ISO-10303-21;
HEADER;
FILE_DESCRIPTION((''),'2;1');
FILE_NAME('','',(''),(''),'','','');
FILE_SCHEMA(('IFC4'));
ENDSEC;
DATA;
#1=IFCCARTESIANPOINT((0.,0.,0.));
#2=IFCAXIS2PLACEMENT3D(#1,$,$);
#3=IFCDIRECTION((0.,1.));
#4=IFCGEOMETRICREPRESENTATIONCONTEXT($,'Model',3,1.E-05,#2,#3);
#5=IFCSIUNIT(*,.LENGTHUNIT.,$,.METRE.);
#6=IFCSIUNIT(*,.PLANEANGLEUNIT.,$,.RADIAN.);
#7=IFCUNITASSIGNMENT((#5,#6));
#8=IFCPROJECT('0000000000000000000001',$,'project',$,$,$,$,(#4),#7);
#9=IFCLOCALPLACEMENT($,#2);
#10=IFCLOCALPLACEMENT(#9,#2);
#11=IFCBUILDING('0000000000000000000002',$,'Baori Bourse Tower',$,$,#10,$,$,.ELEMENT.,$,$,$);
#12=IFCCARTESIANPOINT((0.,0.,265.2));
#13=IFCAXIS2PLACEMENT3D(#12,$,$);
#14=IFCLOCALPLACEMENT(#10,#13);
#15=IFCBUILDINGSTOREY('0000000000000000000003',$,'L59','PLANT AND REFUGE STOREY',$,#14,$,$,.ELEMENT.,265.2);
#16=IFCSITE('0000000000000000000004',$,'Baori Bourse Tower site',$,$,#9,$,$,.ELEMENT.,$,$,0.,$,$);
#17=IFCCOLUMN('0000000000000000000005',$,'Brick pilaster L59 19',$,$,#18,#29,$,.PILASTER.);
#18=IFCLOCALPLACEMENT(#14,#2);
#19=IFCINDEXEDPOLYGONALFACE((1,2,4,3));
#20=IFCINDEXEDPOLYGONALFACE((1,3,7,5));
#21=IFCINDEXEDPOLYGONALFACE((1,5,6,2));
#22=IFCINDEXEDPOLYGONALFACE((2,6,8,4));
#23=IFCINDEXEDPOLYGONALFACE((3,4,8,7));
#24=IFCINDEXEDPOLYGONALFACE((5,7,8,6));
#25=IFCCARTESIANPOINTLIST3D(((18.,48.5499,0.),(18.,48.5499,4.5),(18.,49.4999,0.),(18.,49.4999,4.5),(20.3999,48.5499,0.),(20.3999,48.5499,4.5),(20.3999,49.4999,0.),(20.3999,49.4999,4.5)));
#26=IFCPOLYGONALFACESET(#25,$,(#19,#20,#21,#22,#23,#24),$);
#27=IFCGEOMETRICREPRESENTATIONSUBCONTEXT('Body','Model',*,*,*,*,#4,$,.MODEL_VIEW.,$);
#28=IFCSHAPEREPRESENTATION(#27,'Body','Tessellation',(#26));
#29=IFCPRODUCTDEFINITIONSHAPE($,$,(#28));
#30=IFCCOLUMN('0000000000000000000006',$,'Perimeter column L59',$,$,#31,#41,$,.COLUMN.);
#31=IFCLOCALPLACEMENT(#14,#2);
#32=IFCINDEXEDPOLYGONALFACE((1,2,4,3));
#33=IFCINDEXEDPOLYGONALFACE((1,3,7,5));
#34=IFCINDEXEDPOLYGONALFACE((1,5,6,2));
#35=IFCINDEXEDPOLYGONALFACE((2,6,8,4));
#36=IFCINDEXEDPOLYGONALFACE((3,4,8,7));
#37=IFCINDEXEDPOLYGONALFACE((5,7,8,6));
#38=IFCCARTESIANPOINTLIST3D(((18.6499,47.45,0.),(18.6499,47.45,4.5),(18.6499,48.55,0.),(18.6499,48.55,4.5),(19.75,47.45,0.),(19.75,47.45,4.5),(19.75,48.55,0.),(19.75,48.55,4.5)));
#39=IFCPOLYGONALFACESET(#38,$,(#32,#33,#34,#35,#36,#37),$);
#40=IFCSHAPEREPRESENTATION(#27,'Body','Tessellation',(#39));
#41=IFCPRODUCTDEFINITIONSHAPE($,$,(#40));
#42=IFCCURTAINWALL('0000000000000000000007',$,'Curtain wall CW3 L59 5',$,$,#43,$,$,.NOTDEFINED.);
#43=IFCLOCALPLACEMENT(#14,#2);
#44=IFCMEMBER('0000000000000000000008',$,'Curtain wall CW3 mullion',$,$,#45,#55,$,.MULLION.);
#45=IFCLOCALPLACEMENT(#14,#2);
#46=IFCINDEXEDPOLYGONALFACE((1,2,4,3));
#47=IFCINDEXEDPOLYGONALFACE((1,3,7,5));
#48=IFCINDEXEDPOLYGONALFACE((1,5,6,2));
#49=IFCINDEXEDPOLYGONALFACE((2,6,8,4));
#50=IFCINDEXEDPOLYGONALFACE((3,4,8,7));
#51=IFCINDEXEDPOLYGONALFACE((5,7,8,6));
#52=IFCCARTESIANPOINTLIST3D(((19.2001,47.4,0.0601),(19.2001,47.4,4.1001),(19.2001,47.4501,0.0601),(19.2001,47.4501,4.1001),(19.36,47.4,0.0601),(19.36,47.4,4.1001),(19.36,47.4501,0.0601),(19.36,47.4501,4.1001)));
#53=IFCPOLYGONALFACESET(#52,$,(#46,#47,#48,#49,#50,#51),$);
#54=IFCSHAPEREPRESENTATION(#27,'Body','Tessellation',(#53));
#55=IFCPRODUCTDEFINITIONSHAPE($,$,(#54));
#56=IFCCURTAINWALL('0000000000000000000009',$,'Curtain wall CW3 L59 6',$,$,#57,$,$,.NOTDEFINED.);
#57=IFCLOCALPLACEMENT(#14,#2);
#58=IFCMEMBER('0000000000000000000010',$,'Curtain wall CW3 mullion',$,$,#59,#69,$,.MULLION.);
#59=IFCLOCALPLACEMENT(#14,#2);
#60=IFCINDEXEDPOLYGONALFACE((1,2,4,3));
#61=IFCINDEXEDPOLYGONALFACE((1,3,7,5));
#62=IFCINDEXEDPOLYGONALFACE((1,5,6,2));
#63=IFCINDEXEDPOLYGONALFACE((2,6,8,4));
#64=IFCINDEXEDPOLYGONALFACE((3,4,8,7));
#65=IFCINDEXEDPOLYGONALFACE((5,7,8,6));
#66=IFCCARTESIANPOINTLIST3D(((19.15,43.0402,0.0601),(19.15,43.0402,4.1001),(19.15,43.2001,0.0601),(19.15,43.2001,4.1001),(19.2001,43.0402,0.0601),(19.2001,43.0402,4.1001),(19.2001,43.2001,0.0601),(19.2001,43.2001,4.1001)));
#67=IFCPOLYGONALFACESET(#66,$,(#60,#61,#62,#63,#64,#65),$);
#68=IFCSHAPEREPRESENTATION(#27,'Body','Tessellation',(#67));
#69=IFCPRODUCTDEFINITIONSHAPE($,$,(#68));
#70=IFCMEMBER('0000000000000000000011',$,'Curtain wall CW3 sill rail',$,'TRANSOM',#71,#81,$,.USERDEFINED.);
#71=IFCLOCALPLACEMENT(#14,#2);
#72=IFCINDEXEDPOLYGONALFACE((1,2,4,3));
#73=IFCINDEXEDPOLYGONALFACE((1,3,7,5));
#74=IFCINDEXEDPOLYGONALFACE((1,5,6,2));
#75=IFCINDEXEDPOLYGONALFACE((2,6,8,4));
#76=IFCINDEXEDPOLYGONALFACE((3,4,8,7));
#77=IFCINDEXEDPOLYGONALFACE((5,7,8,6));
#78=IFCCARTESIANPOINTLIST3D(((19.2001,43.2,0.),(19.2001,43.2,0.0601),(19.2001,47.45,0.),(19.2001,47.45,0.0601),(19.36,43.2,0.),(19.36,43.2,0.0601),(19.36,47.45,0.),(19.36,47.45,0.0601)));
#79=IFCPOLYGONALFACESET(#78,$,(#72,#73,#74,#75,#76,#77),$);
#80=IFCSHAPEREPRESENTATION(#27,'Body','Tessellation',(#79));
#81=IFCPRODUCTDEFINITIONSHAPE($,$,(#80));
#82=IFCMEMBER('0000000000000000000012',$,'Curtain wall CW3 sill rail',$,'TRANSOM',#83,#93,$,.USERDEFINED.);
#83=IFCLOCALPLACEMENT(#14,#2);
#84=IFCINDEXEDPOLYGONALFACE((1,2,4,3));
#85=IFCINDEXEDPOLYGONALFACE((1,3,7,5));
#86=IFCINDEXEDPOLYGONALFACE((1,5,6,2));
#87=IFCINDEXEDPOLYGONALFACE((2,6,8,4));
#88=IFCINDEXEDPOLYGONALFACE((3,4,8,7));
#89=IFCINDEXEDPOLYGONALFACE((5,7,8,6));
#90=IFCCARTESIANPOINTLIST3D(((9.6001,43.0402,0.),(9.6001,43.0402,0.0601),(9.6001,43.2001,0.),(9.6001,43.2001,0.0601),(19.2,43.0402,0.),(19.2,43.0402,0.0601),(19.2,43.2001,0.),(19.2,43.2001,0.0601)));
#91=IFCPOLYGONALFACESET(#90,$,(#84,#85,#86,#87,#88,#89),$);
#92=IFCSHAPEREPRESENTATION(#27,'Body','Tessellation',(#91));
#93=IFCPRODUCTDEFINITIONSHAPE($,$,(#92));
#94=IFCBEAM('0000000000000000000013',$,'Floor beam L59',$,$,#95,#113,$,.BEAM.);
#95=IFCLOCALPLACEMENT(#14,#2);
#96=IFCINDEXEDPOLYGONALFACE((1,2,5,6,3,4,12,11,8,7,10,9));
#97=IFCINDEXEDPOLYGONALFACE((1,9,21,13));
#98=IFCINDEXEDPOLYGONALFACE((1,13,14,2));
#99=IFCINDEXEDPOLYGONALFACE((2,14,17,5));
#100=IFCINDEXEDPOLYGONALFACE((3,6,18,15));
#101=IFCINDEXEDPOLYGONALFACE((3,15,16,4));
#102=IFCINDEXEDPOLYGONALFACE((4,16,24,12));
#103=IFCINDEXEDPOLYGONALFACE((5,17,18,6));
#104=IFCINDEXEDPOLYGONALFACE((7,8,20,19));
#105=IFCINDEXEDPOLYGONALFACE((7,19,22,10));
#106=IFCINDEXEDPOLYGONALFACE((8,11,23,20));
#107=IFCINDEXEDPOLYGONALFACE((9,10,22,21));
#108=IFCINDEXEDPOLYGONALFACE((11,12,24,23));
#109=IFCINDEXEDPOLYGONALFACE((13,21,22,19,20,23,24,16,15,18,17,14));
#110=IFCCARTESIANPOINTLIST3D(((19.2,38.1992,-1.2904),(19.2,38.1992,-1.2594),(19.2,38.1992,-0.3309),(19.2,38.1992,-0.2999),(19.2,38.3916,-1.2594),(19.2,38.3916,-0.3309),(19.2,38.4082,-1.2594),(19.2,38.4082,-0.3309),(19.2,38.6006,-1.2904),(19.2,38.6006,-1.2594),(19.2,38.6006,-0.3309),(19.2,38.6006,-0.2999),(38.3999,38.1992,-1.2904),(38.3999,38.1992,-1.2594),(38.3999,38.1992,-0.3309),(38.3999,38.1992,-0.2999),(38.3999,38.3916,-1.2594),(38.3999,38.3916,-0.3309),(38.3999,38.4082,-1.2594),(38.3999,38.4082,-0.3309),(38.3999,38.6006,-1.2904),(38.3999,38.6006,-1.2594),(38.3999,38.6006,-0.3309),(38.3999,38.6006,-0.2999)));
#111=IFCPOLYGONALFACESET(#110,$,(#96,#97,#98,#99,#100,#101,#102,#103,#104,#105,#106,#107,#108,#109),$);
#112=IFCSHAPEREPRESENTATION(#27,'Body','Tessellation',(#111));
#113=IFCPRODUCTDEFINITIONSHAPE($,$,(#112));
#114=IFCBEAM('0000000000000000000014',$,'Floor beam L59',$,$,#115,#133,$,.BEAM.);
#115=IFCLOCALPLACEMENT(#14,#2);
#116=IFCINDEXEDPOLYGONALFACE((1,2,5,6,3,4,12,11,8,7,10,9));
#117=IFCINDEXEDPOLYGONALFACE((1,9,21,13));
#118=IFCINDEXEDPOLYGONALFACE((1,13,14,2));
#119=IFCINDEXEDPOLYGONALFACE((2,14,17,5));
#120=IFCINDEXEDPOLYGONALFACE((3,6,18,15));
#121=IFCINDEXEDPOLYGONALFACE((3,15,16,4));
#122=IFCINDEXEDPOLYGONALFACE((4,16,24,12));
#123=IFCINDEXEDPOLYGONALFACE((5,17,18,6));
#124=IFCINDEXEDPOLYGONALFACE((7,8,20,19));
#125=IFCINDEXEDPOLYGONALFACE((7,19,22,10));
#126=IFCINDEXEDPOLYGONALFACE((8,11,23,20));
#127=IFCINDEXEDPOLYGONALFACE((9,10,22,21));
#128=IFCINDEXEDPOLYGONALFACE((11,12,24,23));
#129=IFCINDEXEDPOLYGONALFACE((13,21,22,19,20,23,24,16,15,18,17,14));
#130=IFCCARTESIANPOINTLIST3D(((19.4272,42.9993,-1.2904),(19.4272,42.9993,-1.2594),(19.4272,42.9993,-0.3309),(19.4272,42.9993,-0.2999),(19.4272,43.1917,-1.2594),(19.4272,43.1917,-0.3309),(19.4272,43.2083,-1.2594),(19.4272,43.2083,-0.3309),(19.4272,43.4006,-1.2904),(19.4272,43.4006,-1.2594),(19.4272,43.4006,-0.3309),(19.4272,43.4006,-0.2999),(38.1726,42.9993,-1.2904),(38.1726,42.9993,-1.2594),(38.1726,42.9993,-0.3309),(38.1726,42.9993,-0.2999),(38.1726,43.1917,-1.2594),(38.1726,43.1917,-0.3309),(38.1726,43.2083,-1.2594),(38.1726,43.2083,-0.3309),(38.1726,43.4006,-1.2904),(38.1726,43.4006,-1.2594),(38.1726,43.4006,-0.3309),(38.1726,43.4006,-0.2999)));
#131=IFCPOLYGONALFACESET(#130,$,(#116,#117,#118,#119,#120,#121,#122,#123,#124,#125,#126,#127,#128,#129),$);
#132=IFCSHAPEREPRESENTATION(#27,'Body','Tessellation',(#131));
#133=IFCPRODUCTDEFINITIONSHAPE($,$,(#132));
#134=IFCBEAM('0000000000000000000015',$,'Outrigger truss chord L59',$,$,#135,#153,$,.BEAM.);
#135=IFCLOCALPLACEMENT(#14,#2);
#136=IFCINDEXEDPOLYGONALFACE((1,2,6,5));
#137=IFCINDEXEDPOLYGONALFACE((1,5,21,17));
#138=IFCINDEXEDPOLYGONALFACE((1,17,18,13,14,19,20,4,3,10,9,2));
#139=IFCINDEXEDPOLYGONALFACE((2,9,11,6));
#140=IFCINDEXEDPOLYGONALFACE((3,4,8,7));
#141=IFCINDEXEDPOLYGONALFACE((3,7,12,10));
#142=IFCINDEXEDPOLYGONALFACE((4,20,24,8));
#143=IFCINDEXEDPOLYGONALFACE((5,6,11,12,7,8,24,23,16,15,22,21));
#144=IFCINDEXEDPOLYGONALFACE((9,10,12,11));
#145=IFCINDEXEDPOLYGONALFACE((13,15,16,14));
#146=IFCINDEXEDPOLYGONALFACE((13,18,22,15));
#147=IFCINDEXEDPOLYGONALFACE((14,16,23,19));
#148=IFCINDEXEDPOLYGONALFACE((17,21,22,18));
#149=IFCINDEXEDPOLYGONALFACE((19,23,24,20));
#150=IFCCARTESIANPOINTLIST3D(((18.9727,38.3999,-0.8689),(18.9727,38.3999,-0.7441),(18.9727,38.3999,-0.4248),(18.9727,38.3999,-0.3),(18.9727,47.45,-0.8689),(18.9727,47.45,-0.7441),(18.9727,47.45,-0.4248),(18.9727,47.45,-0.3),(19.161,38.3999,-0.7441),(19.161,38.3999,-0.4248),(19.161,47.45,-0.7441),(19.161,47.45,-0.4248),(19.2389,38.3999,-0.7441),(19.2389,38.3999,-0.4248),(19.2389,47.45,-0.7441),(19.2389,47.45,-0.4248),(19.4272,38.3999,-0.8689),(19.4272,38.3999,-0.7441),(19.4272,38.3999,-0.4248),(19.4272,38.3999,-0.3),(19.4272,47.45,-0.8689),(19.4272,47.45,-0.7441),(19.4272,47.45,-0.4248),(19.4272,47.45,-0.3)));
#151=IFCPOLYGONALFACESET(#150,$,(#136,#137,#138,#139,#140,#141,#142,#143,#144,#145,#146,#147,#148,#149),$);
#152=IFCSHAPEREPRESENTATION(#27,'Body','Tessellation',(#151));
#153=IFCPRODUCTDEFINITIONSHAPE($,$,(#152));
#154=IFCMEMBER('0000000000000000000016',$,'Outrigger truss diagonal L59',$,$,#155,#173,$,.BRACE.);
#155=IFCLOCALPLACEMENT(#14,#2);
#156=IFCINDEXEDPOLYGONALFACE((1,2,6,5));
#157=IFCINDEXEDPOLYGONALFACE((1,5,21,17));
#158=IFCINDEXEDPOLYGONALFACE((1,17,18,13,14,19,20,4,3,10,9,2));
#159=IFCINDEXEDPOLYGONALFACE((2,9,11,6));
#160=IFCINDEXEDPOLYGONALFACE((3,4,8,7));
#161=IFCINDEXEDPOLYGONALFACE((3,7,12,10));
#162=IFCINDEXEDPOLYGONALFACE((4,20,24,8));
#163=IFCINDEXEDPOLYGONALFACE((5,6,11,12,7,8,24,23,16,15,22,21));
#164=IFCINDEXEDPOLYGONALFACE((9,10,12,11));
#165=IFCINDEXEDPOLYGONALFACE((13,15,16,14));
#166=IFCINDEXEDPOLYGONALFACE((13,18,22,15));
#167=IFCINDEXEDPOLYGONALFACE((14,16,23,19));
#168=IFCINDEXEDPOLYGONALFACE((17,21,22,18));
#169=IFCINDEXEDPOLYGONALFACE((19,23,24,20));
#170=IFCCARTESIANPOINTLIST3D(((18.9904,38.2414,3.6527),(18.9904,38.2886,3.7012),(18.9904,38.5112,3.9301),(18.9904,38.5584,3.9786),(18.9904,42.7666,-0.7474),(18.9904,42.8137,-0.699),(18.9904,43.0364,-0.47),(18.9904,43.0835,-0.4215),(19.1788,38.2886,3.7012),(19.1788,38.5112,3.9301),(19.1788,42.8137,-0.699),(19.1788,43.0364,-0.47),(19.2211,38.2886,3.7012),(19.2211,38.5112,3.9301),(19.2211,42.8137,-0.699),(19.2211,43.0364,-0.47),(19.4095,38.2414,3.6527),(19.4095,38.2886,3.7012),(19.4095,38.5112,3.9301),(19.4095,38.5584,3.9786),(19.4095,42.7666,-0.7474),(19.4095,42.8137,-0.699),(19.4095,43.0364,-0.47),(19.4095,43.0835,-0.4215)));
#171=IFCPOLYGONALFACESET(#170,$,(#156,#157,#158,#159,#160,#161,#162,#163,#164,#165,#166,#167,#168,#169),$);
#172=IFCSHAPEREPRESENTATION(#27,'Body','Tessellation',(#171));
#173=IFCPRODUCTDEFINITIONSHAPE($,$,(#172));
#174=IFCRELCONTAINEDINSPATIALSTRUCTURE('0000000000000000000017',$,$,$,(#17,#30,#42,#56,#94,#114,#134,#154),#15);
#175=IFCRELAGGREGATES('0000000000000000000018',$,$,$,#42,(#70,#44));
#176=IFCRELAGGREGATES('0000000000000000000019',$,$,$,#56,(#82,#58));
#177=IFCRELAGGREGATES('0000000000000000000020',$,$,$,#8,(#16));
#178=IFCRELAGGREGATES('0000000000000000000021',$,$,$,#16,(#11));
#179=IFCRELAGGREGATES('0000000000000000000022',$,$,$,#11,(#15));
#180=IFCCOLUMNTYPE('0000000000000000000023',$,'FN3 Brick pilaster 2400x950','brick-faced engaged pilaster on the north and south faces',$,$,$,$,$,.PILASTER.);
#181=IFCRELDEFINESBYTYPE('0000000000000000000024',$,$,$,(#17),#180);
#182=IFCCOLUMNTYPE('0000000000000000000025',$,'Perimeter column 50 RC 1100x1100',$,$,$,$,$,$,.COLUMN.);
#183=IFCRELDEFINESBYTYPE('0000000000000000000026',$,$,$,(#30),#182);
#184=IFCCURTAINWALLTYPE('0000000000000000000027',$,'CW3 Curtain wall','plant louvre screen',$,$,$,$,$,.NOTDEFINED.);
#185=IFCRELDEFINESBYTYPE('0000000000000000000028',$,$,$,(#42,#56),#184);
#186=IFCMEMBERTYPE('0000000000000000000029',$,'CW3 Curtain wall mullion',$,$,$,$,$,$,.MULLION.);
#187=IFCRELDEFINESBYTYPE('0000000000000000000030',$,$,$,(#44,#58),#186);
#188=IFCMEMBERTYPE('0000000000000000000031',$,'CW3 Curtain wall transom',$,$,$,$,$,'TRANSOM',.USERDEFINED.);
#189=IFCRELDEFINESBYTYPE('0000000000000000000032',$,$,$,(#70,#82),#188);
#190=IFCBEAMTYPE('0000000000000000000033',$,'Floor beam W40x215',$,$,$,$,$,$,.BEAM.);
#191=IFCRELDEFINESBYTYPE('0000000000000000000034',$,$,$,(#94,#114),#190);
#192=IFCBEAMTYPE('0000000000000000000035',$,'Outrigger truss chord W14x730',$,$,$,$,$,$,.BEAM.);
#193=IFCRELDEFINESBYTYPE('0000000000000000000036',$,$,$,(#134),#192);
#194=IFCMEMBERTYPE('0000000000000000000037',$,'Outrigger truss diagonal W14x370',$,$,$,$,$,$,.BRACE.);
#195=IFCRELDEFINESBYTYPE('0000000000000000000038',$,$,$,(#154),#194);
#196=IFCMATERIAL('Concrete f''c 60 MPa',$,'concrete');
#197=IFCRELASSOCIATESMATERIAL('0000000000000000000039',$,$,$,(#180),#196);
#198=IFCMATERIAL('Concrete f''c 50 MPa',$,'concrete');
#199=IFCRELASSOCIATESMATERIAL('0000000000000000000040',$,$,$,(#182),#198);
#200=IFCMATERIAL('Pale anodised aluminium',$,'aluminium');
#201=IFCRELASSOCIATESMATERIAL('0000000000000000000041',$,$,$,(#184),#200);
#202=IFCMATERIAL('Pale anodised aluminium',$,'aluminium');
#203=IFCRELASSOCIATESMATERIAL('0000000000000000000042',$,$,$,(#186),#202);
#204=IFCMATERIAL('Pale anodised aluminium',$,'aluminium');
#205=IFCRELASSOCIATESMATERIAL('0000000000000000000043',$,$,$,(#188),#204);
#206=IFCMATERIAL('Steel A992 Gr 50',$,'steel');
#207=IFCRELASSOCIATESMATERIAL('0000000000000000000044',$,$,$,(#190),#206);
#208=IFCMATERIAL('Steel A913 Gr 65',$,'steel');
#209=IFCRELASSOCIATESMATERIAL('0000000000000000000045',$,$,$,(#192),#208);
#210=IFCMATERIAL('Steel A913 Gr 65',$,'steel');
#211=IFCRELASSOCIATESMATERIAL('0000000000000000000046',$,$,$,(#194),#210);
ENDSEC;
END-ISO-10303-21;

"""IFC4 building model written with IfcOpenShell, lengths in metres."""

from ifc_helpers import new_model, si_unit, direction, frame, origin, origin_2d, place, context, subcontext, project, spatial, rectangle, i_section, extrude, material, material_profile, profile_set, type_object, element, aggregate, save


model = new_model("IFC4")

# Units and contexts
model_context = context("Model", 3, precision=1e-05, world=origin(), true_north=direction((0.0, 1.0)))
body_context = subcontext(model_context, "Body", "Model", "MODEL_VIEW")
ifc_project = project(units=[si_unit("LENGTHUNIT", "METRE"), si_unit("PLANEANGLEUNIT", "RADIAN")], contexts=[model_context])

# Site, building, storey
site_placement = place(None, origin())
site = spatial("IfcSite", under=ifc_project, at=site_placement, Name="Baori Bourse Tower site", CompositionType="ELEMENT", RefElevation=0.0)
building_placement = place(site_placement, origin())
building = spatial("IfcBuilding", under=site, at=building_placement, Name="Baori Bourse Tower", CompositionType="ELEMENT")
storey_placement = place(building_placement, frame((0.0, 0.0, 265.2)))
storey = spatial("IfcBuildingStorey", under=building, at=storey_placement, Name="L59", Description="PLANT AND REFUGE STOREY", CompositionType="ELEMENT", Elevation=265.2)

# Columns
ifc_material_1 = material(Name="Concrete f'c 60 MPa", Category="concrete")
ifc_material_profile_1 = material_profile(ifc_material_1, rectangle(XDim=2.3999, YDim=0.95, at=origin_2d()), Name="RC 2400x950")
ifc_profile_set_1 = profile_set([ifc_material_profile_1], Name="Concrete f'c 60 MPa")
column_type_1 = type_object("IfcColumnType", Name="FN3 Brick pilaster 2400x950", Description="brick-faced engaged pilaster on the north and south faces", PredefinedType="PILASTER", material=ifc_profile_set_1)
column_1_placement = place(storey_placement, frame((19.2, 49.0249, 0.0), z_axis=(0.0, 0.0, 1.0), x_axis=(1.0, 0.0, 0.0)))
element("IfcColumn", 1, at=column_1_placement, inside=storey, type_object=column_type_1, Name="Brick pilaster L59 19", PredefinedType="PILASTER", context=body_context, shape_type="SweptSolid", body=[
    extrude(rectangle(XDim=2.3999, YDim=0.95, at=origin_2d()), origin(), (0.0, 0.0, 1.0), 4.5),
])
ifc_material_2 = material(Name="Concrete f'c 50 MPa", Category="concrete")
ifc_material_profile_2 = material_profile(ifc_material_2, rectangle(XDim=1.1001, YDim=1.1001, at=origin_2d()), Name="RC 1100x1100")
ifc_profile_set_2 = profile_set([ifc_material_profile_2], Name="Concrete f'c 50 MPa")
column_type_2 = type_object("IfcColumnType", Name="Perimeter column 50 RC 1100x1100", PredefinedType="COLUMN", material=ifc_profile_set_2)
column_2_placement = place(storey_placement, frame((19.2, 48.0, 0.0), z_axis=(0.0, 0.0, 1.0), x_axis=(1.0, 0.0, 0.0)))
element("IfcColumn", 2, at=column_2_placement, inside=storey, type_object=column_type_2, Name="Perimeter column L59", PredefinedType="COLUMN", context=body_context, shape_type="SweptSolid", body=[
    extrude(rectangle(XDim=1.1001, YDim=1.1001, at=origin_2d()), origin(), (0.0, 0.0, 1.0), 4.5),
])

# Curtain walls, members
ifc_material_3 = material(Name="Pale anodised aluminium", Category="aluminium")
curtain_wall_type = type_object("IfcCurtainWallType", Name="CW3 Curtain wall", Description="plant louvre screen", PredefinedType="NOTDEFINED", material=ifc_material_3)
curtain_wall_1_placement = place(storey_placement, origin())
curtain_wall_1 = element("IfcCurtainWall", 3, at=curtain_wall_1_placement, inside=storey, type_object=curtain_wall_type, Name="Curtain wall CW3 L59 5", PredefinedType="NOTDEFINED")
ifc_material_4 = material(Name="Pale anodised aluminium", Category="aluminium")
ifc_material_profile_3 = material_profile(ifc_material_4, rectangle(XDim=0.1599, YDim=0.05, at=origin_2d()), Name="Mullion 50x160")
ifc_profile_set_3 = profile_set([ifc_material_profile_3], Name="Pale anodised aluminium")
member_type_1 = type_object("IfcMemberType", Name="CW3 Curtain wall mullion", PredefinedType="MULLION", material=ifc_profile_set_3)
member_1_placement = place(storey_placement, frame((19.28, 47.425, 0.0601), z_axis=(0.0, 0.0, 1.0), x_axis=(1.0, 0.0, 0.0)))
member_1 = element("IfcMember", 4, at=member_1_placement, type_object=member_type_1, Name="Curtain wall CW3 mullion", PredefinedType="MULLION", context=body_context, shape_type="SweptSolid", body=[
    extrude(rectangle(XDim=0.1599, YDim=0.05, at=origin_2d()), origin(), (0.0, 0.0, 1.0), 4.04),
])
curtain_wall_2_placement = place(storey_placement, origin())
curtain_wall_2 = element("IfcCurtainWall", 5, at=curtain_wall_2_placement, inside=storey, type_object=curtain_wall_type, Name="Curtain wall CW3 L59 6", PredefinedType="NOTDEFINED")
member_2_placement = place(storey_placement, frame((19.175, 43.1201, 0.0601), z_axis=(0.0, 0.0, 1.0), x_axis=(0.0, -1.0, 0.0)))
member_2 = element("IfcMember", 6, at=member_2_placement, type_object=member_type_1, Name="Curtain wall CW3 mullion", PredefinedType="MULLION", context=body_context, shape_type="SweptSolid", body=[
    extrude(rectangle(XDim=0.1599, YDim=0.05, at=origin_2d()), origin(), (0.0, 0.0, 1.0), 4.04),
])

# Members
ifc_material_5 = material(Name="Pale anodised aluminium", Category="aluminium")
ifc_material_profile_4 = material_profile(ifc_material_5, rectangle(XDim=0.1599, YDim=0.0601, at=origin_2d()), Name="Transom 60x160")
ifc_profile_set_4 = profile_set([ifc_material_profile_4], Name="Pale anodised aluminium")
member_type_2 = type_object("IfcMemberType", Name="CW3 Curtain wall transom", ElementType="TRANSOM", PredefinedType="USERDEFINED", material=ifc_profile_set_4)
member_3_placement = place(storey_placement, frame((19.28, 47.45, 0.03), z_axis=(0.0, -1.0, 0.0), x_axis=(1.0, 0.0, 0.0)))
member_3 = element("IfcMember", 7, at=member_3_placement, type_object=member_type_2, Name="Curtain wall CW3 sill rail", ObjectType="TRANSOM", PredefinedType="USERDEFINED", context=body_context, shape_type="SweptSolid", body=[
    extrude(rectangle(XDim=0.1599, YDim=0.0601, at=origin_2d()), origin(), (0.0, 0.0, 1.0), 4.25),
])
member_4_placement = place(storey_placement, frame((19.2, 43.1201, 0.03), z_axis=(-1.0, 0.0, 0.0), x_axis=(0.0, -1.0, 0.0)))
member_4 = element("IfcMember", 8, at=member_4_placement, type_object=member_type_2, Name="Curtain wall CW3 sill rail", ObjectType="TRANSOM", PredefinedType="USERDEFINED", context=body_context, shape_type="SweptSolid", body=[
    extrude(rectangle(XDim=0.1599, YDim=0.0601, at=origin_2d()), origin(), (0.0, 0.0, 1.0), 9.5999),
])

# Beams
ifc_material_6 = material(Name="Steel A992 Gr 50", Category="steel")
ifc_material_profile_5 = material_profile(ifc_material_6, i_section(OverallWidth=0.4014, OverallDepth=0.9905, WebThickness=0.0166, FlangeThickness=0.031, at=origin_2d()), Name="W40x215")
ifc_profile_set_5 = profile_set([ifc_material_profile_5], Name="Steel A992 Gr 50")
beam_type_1 = type_object("IfcBeamType", Name="Floor beam W40x215", PredefinedType="BEAM", material=ifc_profile_set_5)
beam_1_placement = place(storey_placement, frame((19.2, 38.3999, -0.7952), z_axis=(1.0, 0.0, 0.0), x_axis=(0.0, 1.0, 0.0)))
element("IfcBeam", 9, at=beam_1_placement, inside=storey, type_object=beam_type_1, Name="Floor beam L59", PredefinedType="BEAM", context=body_context, shape_type="SweptSolid", body=[
    extrude(i_section(OverallWidth=0.4014, OverallDepth=0.9905, WebThickness=0.0166, FlangeThickness=0.031, at=origin_2d()), origin(), (0.0, 0.0, 1.0), 19.2),
])
beam_2_placement = place(storey_placement, frame((19.4272, 43.2, -0.7952), z_axis=(1.0, 0.0, 0.0), x_axis=(0.0, 1.0, 0.0)))
element("IfcBeam", 10, at=beam_2_placement, inside=storey, type_object=beam_type_1, Name="Floor beam L59", PredefinedType="BEAM", context=body_context, shape_type="SweptSolid", body=[
    extrude(i_section(OverallWidth=0.4014, OverallDepth=0.9905, WebThickness=0.0166, FlangeThickness=0.031, at=origin_2d()), origin(), (0.0, 0.0, 1.0), 18.7454),
])
ifc_material_7 = material(Name="Steel A913 Gr 65", Category="steel")
ifc_material_profile_6 = material_profile(ifc_material_7, i_section(OverallWidth=0.4546, OverallDepth=0.5688, WebThickness=0.0779, FlangeThickness=0.1248, at=origin_2d()), Name="W14x730")
ifc_profile_set_6 = profile_set([ifc_material_profile_6], Name="Steel A913 Gr 65")
beam_type_2 = type_object("IfcBeamType", Name="Outrigger truss chord W14x730", PredefinedType="BEAM", material=ifc_profile_set_6)
beam_3_placement = place(storey_placement, frame((19.2, 38.3999, -0.5845), z_axis=(0.0, 1.0, 0.0), x_axis=(-1.0, 0.0, 0.0)))
element("IfcBeam", 11, at=beam_3_placement, inside=storey, type_object=beam_type_2, Name="Outrigger truss chord L59", PredefinedType="BEAM", context=body_context, shape_type="SweptSolid", body=[
    extrude(i_section(OverallWidth=0.4546, OverallDepth=0.5688, WebThickness=0.0779, FlangeThickness=0.1248, at=origin_2d()), origin(), (0.0, 0.0, 1.0), 9.05),
])

# Member
ifc_material_8 = material(Name="Steel A913 Gr 65", Category="steel")
ifc_material_profile_7 = material_profile(ifc_material_8, i_section(OverallWidth=0.4192, OverallDepth=0.4546, WebThickness=0.0422, FlangeThickness=0.0676, at=origin_2d()), Name="W14x370")
ifc_profile_set_7 = profile_set([ifc_material_profile_7], Name="Steel A913 Gr 65")
member_type_3 = type_object("IfcMemberType", Name="Outrigger truss diagonal W14x370", PredefinedType="BRACE", material=ifc_profile_set_7)
member_5_placement = place(storey_placement, frame((19.2, 38.3999, 3.8157), z_axis=(0.0, 0.71694, -0.697135), x_axis=(-1.0, 0.0, 0.0)))
element("IfcMember", 12, at=member_5_placement, inside=storey, type_object=member_type_3, Name="Outrigger truss diagonal L59", PredefinedType="BRACE", context=body_context, shape_type="SweptSolid", body=[
    extrude(i_section(OverallWidth=0.4192, OverallDepth=0.4546, WebThickness=0.0422, FlangeThickness=0.0676, at=origin_2d()), origin(), (0.0, 0.0, 1.0), 6.3118),
])

aggregate(curtain_wall_1, [member_3, member_1])
aggregate(curtain_wall_2, [member_4, member_2])

save(model, "model.ifc")
